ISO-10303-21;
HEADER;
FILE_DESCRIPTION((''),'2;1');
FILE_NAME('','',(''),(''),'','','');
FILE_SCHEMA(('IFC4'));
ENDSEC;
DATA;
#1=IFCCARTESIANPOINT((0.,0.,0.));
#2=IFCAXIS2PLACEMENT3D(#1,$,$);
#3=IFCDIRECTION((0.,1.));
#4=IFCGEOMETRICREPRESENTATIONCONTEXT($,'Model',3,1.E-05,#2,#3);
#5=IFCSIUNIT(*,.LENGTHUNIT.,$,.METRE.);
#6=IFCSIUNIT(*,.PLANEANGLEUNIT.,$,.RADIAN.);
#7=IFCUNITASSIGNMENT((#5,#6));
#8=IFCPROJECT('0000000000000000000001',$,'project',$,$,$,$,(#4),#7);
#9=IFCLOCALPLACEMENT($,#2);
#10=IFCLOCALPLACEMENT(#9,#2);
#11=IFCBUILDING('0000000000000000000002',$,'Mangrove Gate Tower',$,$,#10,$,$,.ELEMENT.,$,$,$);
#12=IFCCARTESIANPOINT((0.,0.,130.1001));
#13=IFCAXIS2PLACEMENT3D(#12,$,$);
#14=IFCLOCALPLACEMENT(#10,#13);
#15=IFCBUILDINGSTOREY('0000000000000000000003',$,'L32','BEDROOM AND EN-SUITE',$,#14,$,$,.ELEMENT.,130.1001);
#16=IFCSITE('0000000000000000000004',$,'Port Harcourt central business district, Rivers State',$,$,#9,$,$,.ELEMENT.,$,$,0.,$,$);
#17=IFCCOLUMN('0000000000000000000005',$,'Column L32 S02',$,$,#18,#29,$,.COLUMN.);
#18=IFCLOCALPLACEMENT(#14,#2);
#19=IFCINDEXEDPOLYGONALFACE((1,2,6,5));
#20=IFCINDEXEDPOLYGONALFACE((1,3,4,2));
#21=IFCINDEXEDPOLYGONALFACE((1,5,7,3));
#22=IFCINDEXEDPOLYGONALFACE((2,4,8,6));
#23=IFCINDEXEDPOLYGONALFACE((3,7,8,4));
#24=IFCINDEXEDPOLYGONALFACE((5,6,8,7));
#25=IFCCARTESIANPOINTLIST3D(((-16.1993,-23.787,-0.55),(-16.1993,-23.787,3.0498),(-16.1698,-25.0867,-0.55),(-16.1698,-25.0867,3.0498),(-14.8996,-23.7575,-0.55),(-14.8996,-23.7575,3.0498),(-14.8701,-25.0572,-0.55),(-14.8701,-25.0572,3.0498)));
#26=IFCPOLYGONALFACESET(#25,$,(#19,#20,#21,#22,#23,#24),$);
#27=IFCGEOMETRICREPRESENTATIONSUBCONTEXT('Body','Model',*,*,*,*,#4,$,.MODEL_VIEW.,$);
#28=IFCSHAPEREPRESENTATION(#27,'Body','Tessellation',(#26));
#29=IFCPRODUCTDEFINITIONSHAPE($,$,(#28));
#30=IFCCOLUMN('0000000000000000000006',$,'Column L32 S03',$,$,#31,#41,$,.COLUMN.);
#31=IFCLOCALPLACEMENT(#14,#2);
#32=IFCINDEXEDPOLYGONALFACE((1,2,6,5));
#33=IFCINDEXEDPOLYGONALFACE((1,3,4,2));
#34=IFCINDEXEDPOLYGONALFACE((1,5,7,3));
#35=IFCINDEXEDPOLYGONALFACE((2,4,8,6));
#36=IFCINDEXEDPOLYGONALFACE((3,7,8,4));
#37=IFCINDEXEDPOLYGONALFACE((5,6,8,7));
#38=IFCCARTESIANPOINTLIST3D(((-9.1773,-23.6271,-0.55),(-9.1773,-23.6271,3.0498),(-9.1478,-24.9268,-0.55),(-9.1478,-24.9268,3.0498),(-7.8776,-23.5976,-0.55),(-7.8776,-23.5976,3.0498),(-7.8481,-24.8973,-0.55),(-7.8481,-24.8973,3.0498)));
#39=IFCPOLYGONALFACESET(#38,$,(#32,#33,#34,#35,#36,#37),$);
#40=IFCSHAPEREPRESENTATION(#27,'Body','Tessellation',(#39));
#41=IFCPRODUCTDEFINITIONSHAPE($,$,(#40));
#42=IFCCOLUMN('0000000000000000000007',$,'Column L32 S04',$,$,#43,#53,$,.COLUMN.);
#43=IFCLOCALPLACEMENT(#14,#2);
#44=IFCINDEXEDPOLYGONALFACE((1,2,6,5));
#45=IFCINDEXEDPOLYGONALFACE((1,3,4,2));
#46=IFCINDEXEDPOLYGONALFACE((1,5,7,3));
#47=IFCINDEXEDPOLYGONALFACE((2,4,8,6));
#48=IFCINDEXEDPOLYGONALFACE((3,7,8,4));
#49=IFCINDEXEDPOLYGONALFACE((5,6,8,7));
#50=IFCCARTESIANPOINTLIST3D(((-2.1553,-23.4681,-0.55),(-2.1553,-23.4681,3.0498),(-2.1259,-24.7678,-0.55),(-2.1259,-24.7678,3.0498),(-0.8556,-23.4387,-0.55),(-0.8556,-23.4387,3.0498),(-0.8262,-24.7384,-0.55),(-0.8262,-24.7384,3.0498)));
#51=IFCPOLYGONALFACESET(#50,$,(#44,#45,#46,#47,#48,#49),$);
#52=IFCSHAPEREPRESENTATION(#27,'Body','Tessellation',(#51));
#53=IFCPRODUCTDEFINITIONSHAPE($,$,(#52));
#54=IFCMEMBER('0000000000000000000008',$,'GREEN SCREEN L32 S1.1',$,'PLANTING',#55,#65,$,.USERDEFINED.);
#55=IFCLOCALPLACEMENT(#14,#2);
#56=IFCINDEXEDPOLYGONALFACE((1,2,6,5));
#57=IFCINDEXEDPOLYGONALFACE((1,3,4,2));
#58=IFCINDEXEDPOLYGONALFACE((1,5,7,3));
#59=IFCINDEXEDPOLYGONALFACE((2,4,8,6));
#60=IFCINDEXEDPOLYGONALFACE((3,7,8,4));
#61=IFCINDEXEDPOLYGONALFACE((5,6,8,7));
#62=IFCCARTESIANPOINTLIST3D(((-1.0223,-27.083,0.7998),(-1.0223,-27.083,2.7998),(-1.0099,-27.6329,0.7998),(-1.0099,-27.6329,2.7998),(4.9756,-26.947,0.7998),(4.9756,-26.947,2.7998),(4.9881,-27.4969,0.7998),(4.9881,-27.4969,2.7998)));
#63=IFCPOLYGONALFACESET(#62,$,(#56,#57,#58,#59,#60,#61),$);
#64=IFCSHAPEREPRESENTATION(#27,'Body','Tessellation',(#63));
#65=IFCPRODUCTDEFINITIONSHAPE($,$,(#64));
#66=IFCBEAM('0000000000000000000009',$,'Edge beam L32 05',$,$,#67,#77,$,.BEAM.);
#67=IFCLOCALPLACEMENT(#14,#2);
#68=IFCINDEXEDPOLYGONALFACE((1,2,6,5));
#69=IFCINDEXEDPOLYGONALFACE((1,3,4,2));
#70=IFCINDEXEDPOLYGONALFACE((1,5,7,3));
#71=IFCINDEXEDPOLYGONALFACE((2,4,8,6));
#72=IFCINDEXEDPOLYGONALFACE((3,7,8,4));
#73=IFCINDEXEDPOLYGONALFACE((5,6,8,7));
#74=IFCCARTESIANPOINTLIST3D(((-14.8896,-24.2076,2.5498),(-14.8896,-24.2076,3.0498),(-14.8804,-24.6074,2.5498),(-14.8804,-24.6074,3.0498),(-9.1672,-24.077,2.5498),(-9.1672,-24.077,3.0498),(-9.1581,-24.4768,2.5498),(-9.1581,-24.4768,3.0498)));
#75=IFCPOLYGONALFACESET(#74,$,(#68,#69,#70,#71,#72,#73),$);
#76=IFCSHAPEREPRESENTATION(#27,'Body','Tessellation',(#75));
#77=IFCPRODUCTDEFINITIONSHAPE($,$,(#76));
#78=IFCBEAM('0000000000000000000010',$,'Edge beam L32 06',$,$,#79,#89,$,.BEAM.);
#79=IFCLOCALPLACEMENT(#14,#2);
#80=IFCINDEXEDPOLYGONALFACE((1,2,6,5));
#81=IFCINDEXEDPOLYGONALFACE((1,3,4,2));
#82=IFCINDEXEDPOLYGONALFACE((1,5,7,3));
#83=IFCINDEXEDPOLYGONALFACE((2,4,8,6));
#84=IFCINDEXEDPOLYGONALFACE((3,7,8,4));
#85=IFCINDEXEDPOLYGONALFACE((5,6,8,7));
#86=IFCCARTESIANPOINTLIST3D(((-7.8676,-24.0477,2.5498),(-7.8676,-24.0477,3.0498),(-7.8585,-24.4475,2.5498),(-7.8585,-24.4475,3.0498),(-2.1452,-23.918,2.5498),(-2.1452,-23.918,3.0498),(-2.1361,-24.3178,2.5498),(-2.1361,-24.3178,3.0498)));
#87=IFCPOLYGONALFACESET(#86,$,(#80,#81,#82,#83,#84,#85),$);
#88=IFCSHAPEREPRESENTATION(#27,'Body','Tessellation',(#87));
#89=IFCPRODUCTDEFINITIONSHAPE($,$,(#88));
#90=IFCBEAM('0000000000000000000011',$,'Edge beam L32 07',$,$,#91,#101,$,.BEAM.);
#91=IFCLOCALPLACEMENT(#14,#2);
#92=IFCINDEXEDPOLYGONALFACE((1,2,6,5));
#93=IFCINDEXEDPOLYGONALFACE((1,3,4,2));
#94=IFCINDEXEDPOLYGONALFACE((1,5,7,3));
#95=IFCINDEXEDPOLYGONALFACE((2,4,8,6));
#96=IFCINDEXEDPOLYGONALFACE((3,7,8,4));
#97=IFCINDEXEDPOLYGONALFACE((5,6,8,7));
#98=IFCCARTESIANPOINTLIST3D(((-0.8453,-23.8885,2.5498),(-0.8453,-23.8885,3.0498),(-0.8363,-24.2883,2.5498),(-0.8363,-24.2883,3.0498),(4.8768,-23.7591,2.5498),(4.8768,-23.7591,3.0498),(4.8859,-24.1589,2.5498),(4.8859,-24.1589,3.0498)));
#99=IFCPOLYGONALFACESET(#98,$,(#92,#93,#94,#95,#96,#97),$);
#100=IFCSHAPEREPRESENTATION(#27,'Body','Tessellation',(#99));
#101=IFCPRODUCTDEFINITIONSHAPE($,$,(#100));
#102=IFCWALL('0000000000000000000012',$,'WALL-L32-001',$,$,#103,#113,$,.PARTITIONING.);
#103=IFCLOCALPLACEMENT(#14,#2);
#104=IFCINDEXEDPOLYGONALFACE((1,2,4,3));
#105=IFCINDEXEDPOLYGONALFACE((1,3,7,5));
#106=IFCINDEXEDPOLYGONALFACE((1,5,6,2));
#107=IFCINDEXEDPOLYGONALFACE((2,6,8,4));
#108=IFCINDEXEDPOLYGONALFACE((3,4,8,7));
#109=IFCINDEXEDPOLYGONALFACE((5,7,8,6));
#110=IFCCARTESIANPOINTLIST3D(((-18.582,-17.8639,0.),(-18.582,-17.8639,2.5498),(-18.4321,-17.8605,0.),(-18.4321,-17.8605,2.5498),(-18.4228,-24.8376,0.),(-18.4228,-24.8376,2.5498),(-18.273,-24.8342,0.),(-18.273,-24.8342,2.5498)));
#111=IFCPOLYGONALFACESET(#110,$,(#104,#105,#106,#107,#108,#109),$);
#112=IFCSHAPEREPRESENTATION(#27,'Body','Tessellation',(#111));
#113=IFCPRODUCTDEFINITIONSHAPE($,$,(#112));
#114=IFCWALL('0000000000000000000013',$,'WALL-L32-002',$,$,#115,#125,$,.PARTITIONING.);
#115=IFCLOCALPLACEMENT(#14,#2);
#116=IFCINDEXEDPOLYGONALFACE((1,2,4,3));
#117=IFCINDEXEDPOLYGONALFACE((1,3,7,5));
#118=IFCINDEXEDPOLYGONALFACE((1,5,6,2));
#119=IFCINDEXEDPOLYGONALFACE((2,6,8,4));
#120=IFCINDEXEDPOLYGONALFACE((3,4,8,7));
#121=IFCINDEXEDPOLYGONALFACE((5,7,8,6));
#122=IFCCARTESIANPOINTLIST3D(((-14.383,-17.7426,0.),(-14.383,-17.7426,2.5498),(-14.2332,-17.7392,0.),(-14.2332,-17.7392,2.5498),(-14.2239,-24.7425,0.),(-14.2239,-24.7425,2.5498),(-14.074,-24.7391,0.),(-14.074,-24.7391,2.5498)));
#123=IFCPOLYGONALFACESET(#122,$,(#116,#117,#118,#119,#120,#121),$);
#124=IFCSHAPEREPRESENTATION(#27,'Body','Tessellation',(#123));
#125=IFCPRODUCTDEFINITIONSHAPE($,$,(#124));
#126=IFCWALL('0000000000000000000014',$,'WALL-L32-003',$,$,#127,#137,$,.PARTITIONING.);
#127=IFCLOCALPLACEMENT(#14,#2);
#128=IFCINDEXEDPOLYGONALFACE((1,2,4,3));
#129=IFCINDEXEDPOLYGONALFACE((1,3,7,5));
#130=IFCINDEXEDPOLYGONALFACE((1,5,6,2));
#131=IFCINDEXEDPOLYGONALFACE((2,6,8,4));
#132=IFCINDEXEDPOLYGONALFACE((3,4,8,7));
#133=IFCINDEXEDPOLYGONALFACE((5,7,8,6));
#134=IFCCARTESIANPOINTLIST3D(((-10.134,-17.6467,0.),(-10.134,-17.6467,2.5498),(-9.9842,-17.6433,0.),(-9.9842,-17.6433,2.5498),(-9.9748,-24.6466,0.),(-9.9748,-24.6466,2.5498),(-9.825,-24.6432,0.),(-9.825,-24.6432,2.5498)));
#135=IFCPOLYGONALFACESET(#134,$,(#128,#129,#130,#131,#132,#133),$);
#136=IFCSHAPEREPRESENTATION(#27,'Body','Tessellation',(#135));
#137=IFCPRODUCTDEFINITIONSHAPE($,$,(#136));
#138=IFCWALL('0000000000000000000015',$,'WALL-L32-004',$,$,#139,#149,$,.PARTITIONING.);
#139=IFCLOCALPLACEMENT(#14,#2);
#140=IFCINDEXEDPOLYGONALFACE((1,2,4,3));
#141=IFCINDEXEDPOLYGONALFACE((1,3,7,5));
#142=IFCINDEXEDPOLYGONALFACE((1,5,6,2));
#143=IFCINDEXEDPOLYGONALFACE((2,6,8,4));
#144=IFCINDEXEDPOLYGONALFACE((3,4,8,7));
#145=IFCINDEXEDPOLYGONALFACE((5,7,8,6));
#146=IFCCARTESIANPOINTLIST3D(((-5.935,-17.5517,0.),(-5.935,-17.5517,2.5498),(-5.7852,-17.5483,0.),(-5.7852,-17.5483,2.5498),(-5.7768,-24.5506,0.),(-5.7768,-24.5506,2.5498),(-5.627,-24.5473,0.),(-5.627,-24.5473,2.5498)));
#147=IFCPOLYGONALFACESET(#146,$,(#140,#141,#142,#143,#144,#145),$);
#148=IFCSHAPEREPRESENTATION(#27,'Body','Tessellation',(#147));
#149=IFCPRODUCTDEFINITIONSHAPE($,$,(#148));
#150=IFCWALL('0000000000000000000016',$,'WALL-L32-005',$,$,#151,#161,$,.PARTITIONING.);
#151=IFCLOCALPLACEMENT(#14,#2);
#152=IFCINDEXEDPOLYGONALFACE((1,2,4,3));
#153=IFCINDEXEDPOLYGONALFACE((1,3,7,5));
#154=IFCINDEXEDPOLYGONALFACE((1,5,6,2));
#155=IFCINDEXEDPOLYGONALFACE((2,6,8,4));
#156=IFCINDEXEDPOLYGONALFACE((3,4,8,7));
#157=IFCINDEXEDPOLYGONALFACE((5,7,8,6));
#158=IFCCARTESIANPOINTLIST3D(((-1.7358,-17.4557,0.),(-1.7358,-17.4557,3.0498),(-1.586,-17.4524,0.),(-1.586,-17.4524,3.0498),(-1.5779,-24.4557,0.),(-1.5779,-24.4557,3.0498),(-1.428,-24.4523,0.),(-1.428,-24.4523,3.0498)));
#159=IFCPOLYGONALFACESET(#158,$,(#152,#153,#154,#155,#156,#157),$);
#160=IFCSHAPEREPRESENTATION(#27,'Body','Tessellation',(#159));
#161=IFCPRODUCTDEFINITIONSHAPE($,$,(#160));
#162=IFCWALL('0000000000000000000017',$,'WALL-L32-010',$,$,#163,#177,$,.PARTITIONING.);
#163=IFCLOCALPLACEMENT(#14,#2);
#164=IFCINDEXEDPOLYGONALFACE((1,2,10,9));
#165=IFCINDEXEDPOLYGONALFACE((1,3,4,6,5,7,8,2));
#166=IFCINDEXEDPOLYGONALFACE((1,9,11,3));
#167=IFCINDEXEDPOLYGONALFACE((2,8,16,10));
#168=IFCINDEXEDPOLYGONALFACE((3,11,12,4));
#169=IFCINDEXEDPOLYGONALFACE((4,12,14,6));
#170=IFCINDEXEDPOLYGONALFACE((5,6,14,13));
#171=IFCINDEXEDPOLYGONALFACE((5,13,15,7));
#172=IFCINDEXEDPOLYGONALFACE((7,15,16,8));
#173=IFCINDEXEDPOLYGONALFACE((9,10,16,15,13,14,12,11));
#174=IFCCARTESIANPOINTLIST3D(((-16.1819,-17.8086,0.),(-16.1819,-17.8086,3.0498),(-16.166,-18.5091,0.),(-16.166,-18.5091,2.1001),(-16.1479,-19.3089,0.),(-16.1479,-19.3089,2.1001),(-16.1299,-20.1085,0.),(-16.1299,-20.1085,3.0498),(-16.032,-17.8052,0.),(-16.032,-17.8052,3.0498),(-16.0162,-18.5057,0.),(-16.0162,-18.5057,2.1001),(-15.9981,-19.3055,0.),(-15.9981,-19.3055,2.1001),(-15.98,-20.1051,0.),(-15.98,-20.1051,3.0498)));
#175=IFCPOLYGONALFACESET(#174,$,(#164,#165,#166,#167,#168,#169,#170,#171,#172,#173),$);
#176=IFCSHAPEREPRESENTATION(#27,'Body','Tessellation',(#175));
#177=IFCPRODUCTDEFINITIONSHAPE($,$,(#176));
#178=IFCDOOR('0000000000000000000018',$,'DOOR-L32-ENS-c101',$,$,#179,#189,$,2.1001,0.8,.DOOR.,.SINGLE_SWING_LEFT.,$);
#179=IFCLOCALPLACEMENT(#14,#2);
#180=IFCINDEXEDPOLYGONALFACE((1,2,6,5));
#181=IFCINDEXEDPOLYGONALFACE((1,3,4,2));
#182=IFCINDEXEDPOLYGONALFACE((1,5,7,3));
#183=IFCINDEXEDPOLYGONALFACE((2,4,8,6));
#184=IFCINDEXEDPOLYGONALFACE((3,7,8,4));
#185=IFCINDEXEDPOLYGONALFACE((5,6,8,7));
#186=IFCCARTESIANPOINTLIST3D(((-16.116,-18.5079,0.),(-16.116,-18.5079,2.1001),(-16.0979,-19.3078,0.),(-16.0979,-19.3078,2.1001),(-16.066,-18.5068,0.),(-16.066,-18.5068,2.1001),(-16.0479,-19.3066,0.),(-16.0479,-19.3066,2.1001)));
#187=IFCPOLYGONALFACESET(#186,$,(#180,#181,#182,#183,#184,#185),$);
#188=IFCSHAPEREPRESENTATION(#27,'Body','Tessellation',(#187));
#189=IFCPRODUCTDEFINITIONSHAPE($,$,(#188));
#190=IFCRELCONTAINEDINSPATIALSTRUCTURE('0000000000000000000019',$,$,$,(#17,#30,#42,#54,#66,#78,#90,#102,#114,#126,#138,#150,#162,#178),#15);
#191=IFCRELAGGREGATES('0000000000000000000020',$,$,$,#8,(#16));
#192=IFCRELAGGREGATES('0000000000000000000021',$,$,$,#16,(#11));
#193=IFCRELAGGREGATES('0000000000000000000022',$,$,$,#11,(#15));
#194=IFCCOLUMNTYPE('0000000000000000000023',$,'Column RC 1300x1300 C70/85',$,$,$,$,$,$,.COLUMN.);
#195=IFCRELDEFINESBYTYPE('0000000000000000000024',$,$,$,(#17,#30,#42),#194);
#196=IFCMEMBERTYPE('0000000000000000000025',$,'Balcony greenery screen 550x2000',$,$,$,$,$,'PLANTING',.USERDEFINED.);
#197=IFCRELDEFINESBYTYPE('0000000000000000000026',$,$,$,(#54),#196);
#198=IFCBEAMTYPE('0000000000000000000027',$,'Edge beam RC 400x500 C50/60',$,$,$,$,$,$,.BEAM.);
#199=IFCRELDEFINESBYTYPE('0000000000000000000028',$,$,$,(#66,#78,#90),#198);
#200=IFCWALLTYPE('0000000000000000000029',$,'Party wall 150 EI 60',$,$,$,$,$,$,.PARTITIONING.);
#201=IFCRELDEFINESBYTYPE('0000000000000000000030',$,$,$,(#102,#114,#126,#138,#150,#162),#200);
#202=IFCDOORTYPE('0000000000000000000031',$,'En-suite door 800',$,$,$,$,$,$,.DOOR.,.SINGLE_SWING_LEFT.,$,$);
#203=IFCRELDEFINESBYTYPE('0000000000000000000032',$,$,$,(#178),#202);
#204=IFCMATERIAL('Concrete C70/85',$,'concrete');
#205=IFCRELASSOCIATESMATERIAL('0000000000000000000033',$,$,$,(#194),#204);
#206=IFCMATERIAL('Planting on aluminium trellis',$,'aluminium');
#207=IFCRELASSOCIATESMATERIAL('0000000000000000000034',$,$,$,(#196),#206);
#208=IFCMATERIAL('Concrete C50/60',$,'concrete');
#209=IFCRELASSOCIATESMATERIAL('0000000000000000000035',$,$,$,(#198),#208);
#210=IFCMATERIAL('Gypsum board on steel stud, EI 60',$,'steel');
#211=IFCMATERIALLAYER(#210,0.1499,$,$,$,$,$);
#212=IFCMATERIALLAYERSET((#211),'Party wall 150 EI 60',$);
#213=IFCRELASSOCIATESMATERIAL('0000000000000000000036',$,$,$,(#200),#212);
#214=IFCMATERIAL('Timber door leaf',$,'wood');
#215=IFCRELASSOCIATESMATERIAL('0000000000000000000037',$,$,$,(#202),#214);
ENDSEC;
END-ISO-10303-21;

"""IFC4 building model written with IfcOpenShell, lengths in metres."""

from ifc_helpers import new_model, si_unit, direction, frame, frame_2d, origin, origin_2d, place, context, subcontext, project, spatial, rectangle, extrude, material, layer, layer_set, material_profile, profile_set, type_object, element, fill, save


model = new_model("IFC4")

# Units and contexts
model_context = context("Model", 3, precision=1e-05, world=origin(), true_north=direction((0.0, 1.0)))
body_context = subcontext(model_context, "Body", "Model", "MODEL_VIEW")
ifc_project = project(units=[si_unit("LENGTHUNIT", "METRE"), si_unit("PLANEANGLEUNIT", "RADIAN")], contexts=[model_context])

# Site, building, storey
site_placement = place(None, origin())
site = spatial("IfcSite", under=ifc_project, at=site_placement, Name="Port Harcourt central business district, Rivers State", CompositionType="ELEMENT", RefElevation=0.0)
building_placement = place(site_placement, origin())
building = spatial("IfcBuilding", under=site, at=building_placement, Name="Mangrove Gate Tower", CompositionType="ELEMENT")
storey_placement = place(building_placement, frame((0.0, 0.0, 130.1001)))
storey = spatial("IfcBuildingStorey", under=building, at=storey_placement, Name="L32", Description="BEDROOM AND EN-SUITE", CompositionType="ELEMENT", Elevation=130.1001)

# Columns
ifc_material_1 = material(Name="Concrete C70/85", Category="concrete")
ifc_material_profile_1 = material_profile(ifc_material_1, rectangle(XDim=1.3, YDim=1.3, at=origin_2d()))
ifc_profile_set_1 = profile_set([ifc_material_profile_1], Name="Concrete C70/85")
column_type = type_object("IfcColumnType", Name="Column RC 1300x1300 C70/85", PredefinedType="COLUMN", material=ifc_profile_set_1)
for number, where, z_axis, x_axis, name in (
    (1, (-15.5347, -24.4221, -0.55), (0.0, 0.0, 1.0), (0.999742, 0.022708, 0.0), "Column L32 S02"),
    (2, (-8.5127, -24.2622, -0.55), (0.0, 0.0, 1.0), (0.999742, 0.022708, 0.0), "Column L32 S03"),
    (3, (-1.4907, -24.1033, -0.55), (0.0, 0.0, 1.0), (0.999744, 0.022637, 0.0), "Column L32 S04"),
):
    element("IfcColumn", number, at=place(storey_placement, frame(where, z_axis=z_axis, x_axis=x_axis)), inside=storey, type_object=column_type, Name=name, PredefinedType="COLUMN", context=body_context, shape_type="SweptSolid", body=[
        extrude(rectangle(XDim=1.3, YDim=1.3, at=origin_2d()), origin(), (0.0, 0.0, 1.0), 3.5999),
    ])

# Member
ifc_material_2 = material(Name="Planting on aluminium trellis", Category="aluminium")
ifc_material_profile_2 = material_profile(ifc_material_2, rectangle(XDim=0.55, YDim=2.0, at=origin_2d()))
ifc_profile_set_2 = profile_set([ifc_material_profile_2], Name="Planting on aluminium trellis")
member_type = type_object("IfcMemberType", Name="Balcony greenery screen 550x2000", ElementType="PLANTING", PredefinedType="USERDEFINED", material=ifc_profile_set_2)
member_placement = place(storey_placement, frame((-1.0161, -27.3579, 1.7998), z_axis=(0.999743, 0.022666, 0.0), x_axis=(-0.022666, 0.999743, 0.0)))
element("IfcMember", 4, at=member_placement, inside=storey, type_object=member_type, Name="GREEN SCREEN L32 S1.1", ObjectType="PLANTING", PredefinedType="USERDEFINED", context=body_context, shape_type="SweptSolid", body=[
    extrude(rectangle(XDim=0.55, YDim=2.0, at=origin_2d()), origin(), (0.0, 0.0, 1.0), 5.9995),
])

# Beams
ifc_material_3 = material(Name="Concrete C50/60", Category="concrete")
ifc_material_profile_3 = material_profile(ifc_material_3, rectangle(XDim=0.3999, YDim=0.5, at=origin_2d()))
ifc_profile_set_3 = profile_set([ifc_material_profile_3], Name="Concrete C50/60")
beam_type = type_object("IfcBeamType", Name="Edge beam RC 400x500 C50/60", PredefinedType="BEAM", material=ifc_profile_set_3)
for number, where, z_axis, x_axis, name in (
    (5, (-14.885, -24.4075, 2.7998), (0.99974, 0.022819, 0.0), (-0.022819, 0.99974, 0.0), "Edge beam L32 05"),
    (6, (-7.863, -24.2476, 2.7998), (0.999743, 0.022649, 0.0), (-0.022649, 0.999743, 0.0), "Edge beam L32 06"),
):
    element("IfcBeam", number, at=place(storey_placement, frame(where, z_axis=z_axis, x_axis=x_axis)), inside=storey, type_object=beam_type, Name=name, PredefinedType="BEAM", context=body_context, shape_type="SweptSolid", body=[
        extrude(rectangle(XDim=0.3999, YDim=0.5, at=origin_2d()), origin(), (0.0, 0.0, 1.0), 5.7239),
    ])
beam_placement = place(storey_placement, frame((-0.8408, -24.0884, 2.7998), z_axis=(0.999744, 0.022607, 0.0), x_axis=(-0.022607, 0.999744, 0.0)))
element("IfcBeam", 7, at=beam_placement, inside=storey, type_object=beam_type, Name="Edge beam L32 07", PredefinedType="BEAM", context=body_context, shape_type="SweptSolid", body=[
    extrude(rectangle(XDim=0.3999, YDim=0.5, at=origin_2d()), origin(), (0.0, 0.0, 1.0), 5.7236),
])

# Walls
ifc_material_4 = material(Name="Gypsum board on steel stud, EI 60", Category="steel")
ifc_layer_1 = layer(ifc_material_4, 0.1499)
ifc_layer_set_1 = layer_set([ifc_layer_1], Name="Party wall 150 EI 60")
wall_type_1 = type_object("IfcWallType", Name="Party wall 150 EI 60", PredefinedType="PARTITIONING", material=ifc_layer_set_1)
wall_1_placement = place(storey_placement, frame((-18.3479, -24.8359, 0.0), z_axis=(0.0, 0.0, 1.0), x_axis=(-0.022819, 0.99974, 0.0)))
element("IfcWall", 8, at=wall_1_placement, inside=storey, type_object=wall_type_1, Name="WALL-L32-001", PredefinedType="PARTITIONING", context=body_context, shape_type="SweptSolid", body=[
    extrude(rectangle(XDim=6.9756, YDim=0.1499, at=frame_2d((3.4878, 0.0))), origin(), (0.0, 0.0, 1.0), 2.5498),
])
for number, where, z_axis, x_axis, name in (
    (9, (-14.1489, -24.741, 0.0), (0.0, 0.0, 1.0), (-0.022734, 0.999742, 0.0), "WALL-L32-002"),
    (10, (-9.8999, -24.645, 0.0), (0.0, 0.0, 1.0), (-0.022734, 0.999742, 0.0), "WALL-L32-003"),
):
    element("IfcWall", number, at=place(storey_placement, frame(where, z_axis=z_axis, x_axis=x_axis)), inside=storey, type_object=wall_type_1, Name=name, PredefinedType="PARTITIONING", context=body_context, shape_type="SweptSolid", body=[
        extrude(rectangle(XDim=7.0017, YDim=0.1499, at=frame_2d((3.501, 0.0))), origin(), (0.0, 0.0, 1.0), 2.5498),
    ])
wall_2_placement = place(storey_placement, frame((-5.7019, -24.5491, 0.0), z_axis=(0.0, 0.0, 1.0), x_axis=(-0.022598, 0.999745, 0.0)))
element("IfcWall", 11, at=wall_2_placement, inside=storey, type_object=wall_type_1, Name="WALL-L32-004", PredefinedType="PARTITIONING", context=body_context, shape_type="SweptSolid", body=[
    extrude(rectangle(XDim=7.0007, YDim=0.1499, at=frame_2d((3.5005, 0.0))), origin(), (0.0, 0.0, 1.0), 2.5498),
])
wall_3_placement = place(storey_placement, frame((-1.5029, -24.4541, 0.0), z_axis=(0.0, 0.0, 1.0), x_axis=(-0.02256, 0.999745, 0.0)))
element("IfcWall", 12, at=wall_3_placement, inside=storey, type_object=wall_type_1, Name="WALL-L32-005", PredefinedType="PARTITIONING", context=body_context, shape_type="SweptSolid", body=[
    extrude(rectangle(XDim=7.0017, YDim=0.1499, at=frame_2d((3.501, 0.0))), origin(), (0.0, 0.0, 1.0), 3.0498),
])

# Wall, opening, door
wall_4_placement = place(storey_placement, frame((-16.0549, -20.1069, 0.0), z_axis=(0.0, 0.0, 1.0), x_axis=(-0.022603, 0.999745, 0.0)))
wall_4 = element("IfcWall", 13, at=wall_4_placement, inside=storey, type_object=wall_type_1, Name="WALL-L32-010", PredefinedType="PARTITIONING", context=body_context, shape_type="SweptSolid", body=[
    extrude(rectangle(XDim=2.3005, YDim=0.1499, at=frame_2d((1.1504, 0.0))), origin(), (0.0, 0.0, 1.0), 3.0498),
])
opening_1_placement = place(wall_4_placement, frame((0.8, 0.0, 0.0)))
opening_1 = element("IfcOpeningElement", 14, at=opening_1_placement, cuts=wall_4, PredefinedType="OPENING", context=body_context, shape_type="SweptSolid", body=[
    extrude(rectangle(XDim=0.8, YDim=2.1001, at=frame_2d((0.3999, 1.05))), frame((0.0, 0.085, 0.0), z_axis=(0.0, -1.0, 0.0), x_axis=(1.0, 0.0, 0.0)), (0.0, 0.0, 1.0), 0.1699),
])
ifc_material_5 = material(Name="Timber door leaf", Category="wood")
door_type = type_object("IfcDoorType", Name="En-suite door 800", OperationType="SINGLE_SWING_LEFT", PredefinedType="DOOR", material=ifc_material_5)
door_1_placement = place(opening_1_placement, origin())
door_1 = element("IfcDoor", 15, at=door_1_placement, inside=storey, type_object=door_type, Name="DOOR-L32-ENS-c101", OperationType="SINGLE_SWING_LEFT", OverallHeight=2.1001, OverallWidth=0.8, PredefinedType="DOOR", context=body_context, shape_type="SweptSolid", body=[
    extrude(rectangle(XDim=0.8, YDim=2.1001, at=frame_2d((0.3999, 1.05))), frame((0.0, 0.0249, 0.0), z_axis=(0.0, -1.0, 0.0), x_axis=(1.0, 0.0, 0.0)), (0.0, 0.0, 1.0), 0.05),
])
fill(opening_1, door_1)

save(model, "model.ifc")
